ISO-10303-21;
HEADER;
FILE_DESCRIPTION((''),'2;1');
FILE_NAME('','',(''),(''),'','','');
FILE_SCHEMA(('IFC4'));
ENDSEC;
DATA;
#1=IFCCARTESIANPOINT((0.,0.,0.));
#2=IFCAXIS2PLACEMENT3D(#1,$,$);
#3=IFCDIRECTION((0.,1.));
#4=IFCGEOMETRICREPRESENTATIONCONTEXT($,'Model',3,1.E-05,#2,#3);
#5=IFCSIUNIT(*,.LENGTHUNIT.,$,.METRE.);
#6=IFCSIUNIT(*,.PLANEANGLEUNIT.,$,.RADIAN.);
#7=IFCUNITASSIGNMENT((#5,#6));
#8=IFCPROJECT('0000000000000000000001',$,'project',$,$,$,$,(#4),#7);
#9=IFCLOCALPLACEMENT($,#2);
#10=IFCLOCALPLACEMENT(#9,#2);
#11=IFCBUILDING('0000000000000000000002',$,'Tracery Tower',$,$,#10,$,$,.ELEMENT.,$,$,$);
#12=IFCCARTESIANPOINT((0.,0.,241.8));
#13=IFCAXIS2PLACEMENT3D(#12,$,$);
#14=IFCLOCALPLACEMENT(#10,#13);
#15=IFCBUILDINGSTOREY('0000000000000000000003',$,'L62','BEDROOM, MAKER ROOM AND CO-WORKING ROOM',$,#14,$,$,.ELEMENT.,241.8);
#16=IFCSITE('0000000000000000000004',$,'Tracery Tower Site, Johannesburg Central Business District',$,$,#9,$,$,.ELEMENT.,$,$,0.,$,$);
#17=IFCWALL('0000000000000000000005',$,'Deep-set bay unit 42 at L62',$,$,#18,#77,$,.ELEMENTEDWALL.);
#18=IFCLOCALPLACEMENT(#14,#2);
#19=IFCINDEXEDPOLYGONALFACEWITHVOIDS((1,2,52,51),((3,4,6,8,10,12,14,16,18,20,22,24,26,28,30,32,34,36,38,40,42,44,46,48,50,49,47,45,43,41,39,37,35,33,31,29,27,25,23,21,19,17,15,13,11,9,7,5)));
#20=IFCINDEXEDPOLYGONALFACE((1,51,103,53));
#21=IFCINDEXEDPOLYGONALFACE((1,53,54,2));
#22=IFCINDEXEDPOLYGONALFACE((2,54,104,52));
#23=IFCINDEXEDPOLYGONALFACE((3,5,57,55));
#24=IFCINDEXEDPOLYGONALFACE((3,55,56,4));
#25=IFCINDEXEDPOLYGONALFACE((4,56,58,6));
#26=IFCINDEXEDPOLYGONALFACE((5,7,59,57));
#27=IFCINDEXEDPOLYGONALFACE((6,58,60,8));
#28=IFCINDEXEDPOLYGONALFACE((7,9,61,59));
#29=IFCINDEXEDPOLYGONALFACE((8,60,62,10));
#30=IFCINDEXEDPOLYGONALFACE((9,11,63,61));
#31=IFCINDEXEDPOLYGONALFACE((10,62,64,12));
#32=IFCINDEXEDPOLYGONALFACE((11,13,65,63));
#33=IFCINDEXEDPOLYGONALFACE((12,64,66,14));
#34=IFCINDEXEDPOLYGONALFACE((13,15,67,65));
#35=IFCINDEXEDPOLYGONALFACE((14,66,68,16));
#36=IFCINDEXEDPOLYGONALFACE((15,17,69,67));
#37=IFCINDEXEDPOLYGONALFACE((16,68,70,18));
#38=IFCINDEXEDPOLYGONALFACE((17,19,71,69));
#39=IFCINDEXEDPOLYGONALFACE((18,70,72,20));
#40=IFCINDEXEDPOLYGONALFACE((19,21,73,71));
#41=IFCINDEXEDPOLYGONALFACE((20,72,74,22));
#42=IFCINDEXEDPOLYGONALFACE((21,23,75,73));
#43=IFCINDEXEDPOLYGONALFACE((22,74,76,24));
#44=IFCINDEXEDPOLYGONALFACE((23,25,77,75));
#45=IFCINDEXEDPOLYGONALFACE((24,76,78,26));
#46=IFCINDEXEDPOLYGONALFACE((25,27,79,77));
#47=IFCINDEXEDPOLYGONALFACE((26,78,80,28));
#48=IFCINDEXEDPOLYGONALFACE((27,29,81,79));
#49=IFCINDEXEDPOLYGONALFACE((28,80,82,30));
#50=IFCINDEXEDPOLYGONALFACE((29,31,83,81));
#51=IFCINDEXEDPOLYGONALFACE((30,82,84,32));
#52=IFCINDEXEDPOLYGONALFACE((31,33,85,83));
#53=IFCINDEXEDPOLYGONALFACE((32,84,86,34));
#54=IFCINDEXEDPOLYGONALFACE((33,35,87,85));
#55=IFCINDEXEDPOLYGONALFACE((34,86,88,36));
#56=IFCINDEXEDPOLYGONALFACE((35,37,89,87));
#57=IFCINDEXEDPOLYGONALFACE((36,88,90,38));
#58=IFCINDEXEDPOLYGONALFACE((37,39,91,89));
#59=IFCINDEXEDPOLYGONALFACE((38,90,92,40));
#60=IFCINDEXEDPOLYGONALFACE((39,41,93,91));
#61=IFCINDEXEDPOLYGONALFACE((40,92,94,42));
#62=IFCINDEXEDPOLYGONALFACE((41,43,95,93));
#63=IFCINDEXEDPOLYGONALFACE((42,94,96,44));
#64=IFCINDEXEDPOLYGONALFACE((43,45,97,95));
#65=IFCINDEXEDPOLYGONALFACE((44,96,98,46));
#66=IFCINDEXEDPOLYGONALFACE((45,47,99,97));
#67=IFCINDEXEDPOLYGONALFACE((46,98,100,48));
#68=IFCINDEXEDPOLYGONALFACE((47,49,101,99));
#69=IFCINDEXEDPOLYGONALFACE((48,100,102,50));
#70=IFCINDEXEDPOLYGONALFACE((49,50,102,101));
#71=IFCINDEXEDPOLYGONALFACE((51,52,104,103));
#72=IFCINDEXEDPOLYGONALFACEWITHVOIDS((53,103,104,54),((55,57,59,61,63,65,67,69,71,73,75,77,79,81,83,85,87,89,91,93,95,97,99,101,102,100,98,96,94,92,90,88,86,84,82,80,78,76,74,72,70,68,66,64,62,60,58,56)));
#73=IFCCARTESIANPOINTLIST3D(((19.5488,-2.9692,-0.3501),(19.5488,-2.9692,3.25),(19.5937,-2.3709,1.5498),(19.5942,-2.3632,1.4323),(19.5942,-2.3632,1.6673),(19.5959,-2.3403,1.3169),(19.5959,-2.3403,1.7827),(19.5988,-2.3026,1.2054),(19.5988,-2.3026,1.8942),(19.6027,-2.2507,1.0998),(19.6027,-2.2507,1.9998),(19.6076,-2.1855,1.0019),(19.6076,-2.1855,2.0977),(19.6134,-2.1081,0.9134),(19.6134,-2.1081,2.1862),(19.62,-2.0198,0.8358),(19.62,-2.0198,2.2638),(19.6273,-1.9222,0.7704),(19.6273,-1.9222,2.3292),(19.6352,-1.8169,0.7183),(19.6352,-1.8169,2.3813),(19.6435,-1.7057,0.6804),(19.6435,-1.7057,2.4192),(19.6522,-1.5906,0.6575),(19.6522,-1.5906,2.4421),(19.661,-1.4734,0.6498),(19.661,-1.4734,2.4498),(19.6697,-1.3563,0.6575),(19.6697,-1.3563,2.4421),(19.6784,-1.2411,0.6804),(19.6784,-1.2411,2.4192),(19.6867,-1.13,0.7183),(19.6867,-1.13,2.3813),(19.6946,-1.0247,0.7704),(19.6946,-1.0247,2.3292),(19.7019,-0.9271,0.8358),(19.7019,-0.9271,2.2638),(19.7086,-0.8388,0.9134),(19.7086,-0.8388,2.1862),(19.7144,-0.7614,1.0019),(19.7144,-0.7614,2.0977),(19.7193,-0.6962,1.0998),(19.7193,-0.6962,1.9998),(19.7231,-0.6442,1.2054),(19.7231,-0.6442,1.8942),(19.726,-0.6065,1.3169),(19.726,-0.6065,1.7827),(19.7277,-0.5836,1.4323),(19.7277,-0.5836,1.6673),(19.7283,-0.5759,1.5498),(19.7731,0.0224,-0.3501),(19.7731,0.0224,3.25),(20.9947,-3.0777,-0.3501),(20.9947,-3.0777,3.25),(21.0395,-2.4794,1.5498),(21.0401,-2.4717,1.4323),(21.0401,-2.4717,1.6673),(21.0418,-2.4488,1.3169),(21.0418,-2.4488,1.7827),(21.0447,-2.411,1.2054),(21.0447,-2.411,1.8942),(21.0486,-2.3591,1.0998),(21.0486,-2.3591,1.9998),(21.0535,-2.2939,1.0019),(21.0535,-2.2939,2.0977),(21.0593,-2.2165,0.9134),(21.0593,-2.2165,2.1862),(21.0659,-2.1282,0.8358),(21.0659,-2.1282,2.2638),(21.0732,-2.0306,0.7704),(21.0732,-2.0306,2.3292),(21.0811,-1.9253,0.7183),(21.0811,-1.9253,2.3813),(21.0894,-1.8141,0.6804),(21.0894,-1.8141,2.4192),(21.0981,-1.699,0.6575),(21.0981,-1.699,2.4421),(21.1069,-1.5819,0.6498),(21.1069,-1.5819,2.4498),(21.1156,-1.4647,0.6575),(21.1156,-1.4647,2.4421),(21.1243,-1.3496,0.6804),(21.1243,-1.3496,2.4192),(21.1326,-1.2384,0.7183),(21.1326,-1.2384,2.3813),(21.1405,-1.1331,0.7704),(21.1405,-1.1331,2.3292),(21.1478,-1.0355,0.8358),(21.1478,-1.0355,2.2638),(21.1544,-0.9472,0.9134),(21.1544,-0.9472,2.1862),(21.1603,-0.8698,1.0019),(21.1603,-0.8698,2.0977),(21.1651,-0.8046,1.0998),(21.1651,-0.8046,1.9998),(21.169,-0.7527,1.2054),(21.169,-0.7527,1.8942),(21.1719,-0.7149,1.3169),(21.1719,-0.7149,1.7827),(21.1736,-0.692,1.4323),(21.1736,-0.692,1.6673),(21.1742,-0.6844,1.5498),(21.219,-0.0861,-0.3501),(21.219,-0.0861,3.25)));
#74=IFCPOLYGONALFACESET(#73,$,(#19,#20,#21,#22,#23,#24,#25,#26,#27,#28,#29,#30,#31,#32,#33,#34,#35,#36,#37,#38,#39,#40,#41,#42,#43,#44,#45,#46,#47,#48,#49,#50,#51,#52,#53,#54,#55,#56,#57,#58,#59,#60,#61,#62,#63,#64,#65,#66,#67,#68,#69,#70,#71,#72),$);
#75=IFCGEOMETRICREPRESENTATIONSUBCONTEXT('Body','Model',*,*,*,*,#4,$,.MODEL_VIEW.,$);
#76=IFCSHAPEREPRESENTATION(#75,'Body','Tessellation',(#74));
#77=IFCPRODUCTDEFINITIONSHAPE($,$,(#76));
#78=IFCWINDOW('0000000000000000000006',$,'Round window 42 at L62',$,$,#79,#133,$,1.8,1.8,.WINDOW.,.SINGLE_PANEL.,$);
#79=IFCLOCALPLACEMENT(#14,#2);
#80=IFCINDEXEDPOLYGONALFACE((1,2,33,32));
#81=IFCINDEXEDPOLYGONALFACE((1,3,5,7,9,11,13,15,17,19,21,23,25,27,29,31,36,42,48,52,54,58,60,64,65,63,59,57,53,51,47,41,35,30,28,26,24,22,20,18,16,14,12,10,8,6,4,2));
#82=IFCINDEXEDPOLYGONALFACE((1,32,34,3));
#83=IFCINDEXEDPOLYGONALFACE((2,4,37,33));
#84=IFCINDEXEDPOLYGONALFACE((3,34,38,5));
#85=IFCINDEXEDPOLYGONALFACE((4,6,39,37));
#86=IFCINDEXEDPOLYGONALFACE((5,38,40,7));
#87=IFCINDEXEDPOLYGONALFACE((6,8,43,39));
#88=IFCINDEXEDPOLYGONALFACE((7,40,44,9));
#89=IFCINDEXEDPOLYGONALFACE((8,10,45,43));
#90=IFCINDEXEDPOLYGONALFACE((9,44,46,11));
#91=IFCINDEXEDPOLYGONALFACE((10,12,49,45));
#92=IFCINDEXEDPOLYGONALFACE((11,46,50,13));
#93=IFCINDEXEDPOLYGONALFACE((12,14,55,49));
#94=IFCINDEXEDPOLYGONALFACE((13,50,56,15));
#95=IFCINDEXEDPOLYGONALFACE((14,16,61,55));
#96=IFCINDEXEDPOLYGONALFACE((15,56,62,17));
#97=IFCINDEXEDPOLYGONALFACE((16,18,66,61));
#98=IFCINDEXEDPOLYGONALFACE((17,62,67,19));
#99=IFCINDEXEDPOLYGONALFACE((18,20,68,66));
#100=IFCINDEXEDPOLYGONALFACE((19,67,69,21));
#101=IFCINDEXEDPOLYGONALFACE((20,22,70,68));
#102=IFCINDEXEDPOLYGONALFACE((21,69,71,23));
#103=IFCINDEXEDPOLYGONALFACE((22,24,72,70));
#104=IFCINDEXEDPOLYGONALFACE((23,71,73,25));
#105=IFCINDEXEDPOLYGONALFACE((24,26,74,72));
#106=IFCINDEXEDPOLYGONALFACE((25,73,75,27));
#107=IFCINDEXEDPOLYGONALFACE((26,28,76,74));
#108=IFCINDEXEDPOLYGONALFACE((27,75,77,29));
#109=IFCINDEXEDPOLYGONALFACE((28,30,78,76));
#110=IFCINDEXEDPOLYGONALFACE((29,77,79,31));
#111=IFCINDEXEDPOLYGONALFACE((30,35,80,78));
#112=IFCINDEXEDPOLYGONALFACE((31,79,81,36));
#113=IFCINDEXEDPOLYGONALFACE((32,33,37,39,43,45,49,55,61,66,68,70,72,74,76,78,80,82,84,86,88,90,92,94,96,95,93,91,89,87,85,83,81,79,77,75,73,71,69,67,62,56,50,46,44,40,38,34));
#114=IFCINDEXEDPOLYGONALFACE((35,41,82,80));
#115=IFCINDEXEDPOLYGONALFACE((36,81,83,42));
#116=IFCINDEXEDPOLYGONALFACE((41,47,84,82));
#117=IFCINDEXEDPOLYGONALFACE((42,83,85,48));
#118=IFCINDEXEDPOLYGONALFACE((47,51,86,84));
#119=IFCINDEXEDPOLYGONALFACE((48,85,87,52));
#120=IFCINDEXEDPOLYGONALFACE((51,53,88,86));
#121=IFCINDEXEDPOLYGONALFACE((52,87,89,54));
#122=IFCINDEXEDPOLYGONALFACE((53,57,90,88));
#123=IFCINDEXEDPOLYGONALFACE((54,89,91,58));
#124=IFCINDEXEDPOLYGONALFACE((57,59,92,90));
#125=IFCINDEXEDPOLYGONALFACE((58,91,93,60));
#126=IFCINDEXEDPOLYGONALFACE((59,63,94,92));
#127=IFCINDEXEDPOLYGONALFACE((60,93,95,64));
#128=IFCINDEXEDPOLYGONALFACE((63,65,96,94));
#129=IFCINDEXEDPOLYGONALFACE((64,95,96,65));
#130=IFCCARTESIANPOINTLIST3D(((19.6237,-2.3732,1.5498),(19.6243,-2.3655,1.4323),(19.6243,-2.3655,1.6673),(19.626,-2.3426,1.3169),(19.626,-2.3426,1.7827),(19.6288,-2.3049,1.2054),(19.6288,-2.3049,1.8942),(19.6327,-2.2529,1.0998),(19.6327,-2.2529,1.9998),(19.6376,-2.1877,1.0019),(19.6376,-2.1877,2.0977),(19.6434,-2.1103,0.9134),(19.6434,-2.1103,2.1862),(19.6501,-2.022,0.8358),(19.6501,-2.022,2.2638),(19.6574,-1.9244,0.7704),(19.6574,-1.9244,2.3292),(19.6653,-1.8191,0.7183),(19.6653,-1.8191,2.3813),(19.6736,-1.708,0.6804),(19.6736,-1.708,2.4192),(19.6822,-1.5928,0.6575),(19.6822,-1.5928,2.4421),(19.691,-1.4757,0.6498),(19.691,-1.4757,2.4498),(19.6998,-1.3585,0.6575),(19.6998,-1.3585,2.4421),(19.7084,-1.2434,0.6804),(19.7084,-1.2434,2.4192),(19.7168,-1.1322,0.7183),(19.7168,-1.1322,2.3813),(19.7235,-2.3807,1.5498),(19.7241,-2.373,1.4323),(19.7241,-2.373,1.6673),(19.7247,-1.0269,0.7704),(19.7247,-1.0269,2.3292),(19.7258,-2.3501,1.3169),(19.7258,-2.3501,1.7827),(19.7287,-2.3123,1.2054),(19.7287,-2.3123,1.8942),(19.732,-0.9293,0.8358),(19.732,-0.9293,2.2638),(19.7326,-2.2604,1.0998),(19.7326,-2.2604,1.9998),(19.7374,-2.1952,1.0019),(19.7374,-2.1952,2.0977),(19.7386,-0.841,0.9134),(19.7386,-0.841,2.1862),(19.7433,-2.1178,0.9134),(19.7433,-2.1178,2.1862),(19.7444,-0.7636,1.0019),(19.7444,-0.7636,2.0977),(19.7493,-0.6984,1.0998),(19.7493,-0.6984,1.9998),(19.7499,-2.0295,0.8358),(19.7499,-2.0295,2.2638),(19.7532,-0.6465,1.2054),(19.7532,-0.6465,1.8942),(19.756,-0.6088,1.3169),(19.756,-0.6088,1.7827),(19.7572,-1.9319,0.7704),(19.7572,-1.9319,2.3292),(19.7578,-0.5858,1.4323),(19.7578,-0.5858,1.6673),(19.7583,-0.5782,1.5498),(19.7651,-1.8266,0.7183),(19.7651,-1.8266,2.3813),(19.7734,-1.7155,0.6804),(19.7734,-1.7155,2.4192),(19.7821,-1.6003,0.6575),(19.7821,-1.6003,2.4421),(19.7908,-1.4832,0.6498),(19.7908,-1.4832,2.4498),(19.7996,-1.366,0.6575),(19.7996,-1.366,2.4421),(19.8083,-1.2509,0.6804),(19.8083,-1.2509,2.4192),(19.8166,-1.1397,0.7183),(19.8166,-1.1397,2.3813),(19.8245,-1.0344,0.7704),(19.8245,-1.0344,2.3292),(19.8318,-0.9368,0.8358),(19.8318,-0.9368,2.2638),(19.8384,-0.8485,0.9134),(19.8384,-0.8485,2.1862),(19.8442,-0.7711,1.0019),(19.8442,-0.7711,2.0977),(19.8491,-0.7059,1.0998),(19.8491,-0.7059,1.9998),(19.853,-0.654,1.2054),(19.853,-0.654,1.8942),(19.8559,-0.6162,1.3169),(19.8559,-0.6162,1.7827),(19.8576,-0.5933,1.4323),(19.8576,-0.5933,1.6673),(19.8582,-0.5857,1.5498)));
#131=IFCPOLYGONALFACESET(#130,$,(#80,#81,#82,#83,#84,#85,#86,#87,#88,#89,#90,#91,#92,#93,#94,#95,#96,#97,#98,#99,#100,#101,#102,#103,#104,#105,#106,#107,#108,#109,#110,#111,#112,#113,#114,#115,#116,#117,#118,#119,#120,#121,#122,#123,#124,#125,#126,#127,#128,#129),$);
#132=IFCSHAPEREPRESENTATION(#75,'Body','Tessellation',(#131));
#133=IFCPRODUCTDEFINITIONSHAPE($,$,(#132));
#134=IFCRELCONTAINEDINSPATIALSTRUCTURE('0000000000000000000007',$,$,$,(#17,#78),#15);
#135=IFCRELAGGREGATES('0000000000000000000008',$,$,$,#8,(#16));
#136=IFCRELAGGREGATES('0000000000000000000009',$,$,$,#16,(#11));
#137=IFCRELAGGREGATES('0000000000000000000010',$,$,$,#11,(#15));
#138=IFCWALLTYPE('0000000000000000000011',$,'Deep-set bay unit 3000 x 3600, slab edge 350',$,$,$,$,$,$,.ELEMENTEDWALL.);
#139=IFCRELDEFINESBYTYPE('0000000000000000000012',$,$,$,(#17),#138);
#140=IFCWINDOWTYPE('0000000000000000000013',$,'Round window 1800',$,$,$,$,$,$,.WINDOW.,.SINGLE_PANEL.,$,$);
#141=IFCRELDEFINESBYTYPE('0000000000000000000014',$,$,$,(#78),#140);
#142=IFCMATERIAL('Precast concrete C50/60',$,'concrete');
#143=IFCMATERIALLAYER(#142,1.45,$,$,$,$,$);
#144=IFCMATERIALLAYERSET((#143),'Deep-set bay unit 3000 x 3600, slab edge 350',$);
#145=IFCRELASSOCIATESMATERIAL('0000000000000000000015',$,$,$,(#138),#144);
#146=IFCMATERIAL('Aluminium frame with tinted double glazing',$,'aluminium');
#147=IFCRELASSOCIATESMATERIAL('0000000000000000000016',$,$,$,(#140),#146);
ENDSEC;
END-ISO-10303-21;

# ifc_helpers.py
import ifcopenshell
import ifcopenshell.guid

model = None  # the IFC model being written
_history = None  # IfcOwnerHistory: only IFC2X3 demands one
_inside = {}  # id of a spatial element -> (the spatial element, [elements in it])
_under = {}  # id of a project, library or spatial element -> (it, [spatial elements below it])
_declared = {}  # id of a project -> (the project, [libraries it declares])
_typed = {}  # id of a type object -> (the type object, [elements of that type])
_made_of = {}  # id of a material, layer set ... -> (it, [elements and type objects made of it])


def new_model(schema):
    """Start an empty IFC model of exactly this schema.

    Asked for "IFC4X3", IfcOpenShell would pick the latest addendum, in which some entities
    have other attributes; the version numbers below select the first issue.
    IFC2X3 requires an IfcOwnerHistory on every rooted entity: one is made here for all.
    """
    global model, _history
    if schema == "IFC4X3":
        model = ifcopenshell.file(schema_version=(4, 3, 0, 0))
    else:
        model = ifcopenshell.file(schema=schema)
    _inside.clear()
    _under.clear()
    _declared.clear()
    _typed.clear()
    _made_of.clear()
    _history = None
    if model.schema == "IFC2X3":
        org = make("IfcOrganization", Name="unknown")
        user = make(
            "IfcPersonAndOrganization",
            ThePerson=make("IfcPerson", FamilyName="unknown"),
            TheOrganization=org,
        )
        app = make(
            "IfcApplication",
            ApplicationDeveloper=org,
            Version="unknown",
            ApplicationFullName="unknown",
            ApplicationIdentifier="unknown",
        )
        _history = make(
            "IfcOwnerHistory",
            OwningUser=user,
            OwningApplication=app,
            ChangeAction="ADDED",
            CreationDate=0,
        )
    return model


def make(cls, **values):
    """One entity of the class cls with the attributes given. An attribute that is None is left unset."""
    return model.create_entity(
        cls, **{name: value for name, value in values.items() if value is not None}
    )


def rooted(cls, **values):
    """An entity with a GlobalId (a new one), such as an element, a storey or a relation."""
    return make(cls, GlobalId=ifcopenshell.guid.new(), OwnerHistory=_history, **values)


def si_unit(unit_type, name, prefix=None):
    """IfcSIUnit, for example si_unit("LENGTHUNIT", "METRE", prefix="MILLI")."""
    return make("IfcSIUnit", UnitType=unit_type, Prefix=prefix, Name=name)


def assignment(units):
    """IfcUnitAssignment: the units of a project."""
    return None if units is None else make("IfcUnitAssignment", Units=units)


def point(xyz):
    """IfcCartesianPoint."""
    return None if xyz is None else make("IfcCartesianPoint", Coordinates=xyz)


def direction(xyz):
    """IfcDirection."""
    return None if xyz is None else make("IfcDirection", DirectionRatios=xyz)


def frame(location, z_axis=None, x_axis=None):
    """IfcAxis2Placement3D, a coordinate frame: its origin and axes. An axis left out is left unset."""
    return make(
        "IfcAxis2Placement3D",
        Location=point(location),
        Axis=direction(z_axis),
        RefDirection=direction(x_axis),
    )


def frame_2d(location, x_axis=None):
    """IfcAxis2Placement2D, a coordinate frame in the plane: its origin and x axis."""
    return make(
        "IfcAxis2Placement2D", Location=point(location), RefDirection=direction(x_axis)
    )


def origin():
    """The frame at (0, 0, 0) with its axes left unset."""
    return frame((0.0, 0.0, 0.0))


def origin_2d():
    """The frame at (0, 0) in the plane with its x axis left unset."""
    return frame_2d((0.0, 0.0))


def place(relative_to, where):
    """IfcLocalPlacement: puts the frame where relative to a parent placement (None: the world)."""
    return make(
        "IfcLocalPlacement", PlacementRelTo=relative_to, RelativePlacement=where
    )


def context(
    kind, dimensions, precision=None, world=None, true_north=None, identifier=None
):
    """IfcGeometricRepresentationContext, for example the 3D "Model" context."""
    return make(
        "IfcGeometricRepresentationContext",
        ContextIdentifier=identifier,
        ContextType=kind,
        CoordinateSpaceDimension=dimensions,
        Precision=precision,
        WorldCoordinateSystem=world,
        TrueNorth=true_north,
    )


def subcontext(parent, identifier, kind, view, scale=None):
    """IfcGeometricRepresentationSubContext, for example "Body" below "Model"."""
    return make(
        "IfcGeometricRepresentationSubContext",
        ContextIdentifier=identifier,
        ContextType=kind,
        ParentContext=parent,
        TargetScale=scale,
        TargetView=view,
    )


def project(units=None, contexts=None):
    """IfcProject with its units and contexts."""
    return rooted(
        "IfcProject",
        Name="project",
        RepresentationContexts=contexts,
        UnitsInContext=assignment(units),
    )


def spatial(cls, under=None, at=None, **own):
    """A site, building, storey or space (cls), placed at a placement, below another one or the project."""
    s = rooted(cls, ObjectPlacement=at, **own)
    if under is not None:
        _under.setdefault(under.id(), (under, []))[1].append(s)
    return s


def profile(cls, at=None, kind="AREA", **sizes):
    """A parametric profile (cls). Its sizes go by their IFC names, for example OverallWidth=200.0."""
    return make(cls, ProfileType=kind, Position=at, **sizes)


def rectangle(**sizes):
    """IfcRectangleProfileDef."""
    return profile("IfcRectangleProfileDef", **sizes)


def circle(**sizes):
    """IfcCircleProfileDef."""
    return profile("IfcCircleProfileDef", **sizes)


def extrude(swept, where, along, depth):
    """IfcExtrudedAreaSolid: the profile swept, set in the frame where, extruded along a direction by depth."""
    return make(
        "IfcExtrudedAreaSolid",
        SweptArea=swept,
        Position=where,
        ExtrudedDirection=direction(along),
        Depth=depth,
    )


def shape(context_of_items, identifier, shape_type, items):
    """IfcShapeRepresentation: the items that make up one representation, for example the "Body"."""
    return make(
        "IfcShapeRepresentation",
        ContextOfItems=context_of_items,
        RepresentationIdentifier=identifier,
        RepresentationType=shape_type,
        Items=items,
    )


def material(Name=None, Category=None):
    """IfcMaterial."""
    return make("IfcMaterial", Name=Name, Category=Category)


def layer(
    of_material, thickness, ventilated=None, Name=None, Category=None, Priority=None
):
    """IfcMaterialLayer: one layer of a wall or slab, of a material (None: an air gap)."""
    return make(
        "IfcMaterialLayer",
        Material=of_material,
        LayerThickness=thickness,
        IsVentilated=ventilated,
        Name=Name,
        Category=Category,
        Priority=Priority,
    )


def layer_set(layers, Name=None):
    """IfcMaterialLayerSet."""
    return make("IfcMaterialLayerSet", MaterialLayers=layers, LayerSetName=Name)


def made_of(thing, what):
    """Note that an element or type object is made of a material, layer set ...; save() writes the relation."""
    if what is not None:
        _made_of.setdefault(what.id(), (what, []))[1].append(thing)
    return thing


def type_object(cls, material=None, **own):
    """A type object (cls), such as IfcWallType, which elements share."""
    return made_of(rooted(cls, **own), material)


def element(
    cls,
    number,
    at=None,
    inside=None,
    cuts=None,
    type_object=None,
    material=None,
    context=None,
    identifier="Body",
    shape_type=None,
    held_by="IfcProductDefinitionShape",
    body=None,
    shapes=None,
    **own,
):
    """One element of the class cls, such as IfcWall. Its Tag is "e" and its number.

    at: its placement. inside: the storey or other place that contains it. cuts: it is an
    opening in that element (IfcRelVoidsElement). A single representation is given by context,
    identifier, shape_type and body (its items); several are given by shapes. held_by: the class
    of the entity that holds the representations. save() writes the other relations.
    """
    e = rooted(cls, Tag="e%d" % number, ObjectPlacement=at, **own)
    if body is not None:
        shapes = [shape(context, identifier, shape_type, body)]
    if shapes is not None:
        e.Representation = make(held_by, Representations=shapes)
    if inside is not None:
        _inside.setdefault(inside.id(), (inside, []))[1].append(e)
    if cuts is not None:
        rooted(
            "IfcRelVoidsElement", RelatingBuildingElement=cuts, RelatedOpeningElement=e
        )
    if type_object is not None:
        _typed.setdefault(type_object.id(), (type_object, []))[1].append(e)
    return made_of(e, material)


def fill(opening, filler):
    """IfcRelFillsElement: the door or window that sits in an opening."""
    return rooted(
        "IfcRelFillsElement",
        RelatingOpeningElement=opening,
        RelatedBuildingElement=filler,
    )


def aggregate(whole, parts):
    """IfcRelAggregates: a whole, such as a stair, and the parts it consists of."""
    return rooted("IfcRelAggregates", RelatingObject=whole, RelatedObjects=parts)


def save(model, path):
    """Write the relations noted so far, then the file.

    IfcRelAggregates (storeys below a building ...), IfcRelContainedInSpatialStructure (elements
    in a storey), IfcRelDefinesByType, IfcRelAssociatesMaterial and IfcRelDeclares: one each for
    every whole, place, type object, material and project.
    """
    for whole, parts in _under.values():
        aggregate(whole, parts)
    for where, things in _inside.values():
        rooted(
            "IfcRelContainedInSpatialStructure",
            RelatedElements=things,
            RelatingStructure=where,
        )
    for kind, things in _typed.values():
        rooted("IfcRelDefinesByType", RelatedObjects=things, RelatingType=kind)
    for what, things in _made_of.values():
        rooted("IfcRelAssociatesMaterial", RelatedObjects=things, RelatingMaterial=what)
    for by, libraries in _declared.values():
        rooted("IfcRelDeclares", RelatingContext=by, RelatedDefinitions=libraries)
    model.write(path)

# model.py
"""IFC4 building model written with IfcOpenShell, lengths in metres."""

from ifc_helpers import new_model, si_unit, direction, frame, frame_2d, origin, origin_2d, place, context, subcontext, project, spatial, rectangle, circle, extrude, material, layer, layer_set, type_object, element, fill, save


model = new_model("IFC4")

# Units and contexts
model_context = context("Model", 3, precision=1e-05, world=origin(), true_north=direction((0.0, 1.0)))
body_context = subcontext(model_context, "Body", "Model", "MODEL_VIEW")
ifc_project = project(units=[si_unit("LENGTHUNIT", "METRE"), si_unit("PLANEANGLEUNIT", "RADIAN")], contexts=[model_context])

# Site, building, storey
site_placement = place(None, origin())
site = spatial("IfcSite", under=ifc_project, at=site_placement, Name="Tracery Tower Site, Johannesburg Central Business District", CompositionType="ELEMENT", RefElevation=0.0)
building_placement = place(site_placement, origin())
building = spatial("IfcBuilding", under=site, at=building_placement, Name="Tracery Tower", CompositionType="ELEMENT")
storey_placement = place(building_placement, frame((0.0, 0.0, 241.8)))
storey = spatial("IfcBuildingStorey", under=building, at=storey_placement, Name="L62", Description="BEDROOM, MAKER ROOM AND CO-WORKING ROOM", CompositionType="ELEMENT", Elevation=241.8)

# Wall, opening, window
ifc_material_1 = material(Name="Precast concrete C50/60", Category="concrete")
ifc_layer_1 = layer(ifc_material_1, 1.45)
ifc_layer_set_1 = layer_set([ifc_layer_1], Name="Deep-set bay unit 3000 x 3600, slab edge 350")
wall_type_1 = type_object("IfcWallType", Name="Deep-set bay unit 3000 x 3600, slab edge 350", PredefinedType="ELEMENTEDWALL", material=ifc_layer_set_1)
wall_1_placement = place(storey_placement, frame((20.2717, -3.0234, -0.3501), z_axis=(0.0, 0.0, 1.0), x_axis=(0.074786, 0.9972, 0.0)))
wall_1 = element("IfcWall", 1, at=wall_1_placement, inside=storey, type_object=wall_type_1, Name="Deep-set bay unit 42 at L62", PredefinedType="ELEMENTEDWALL", context=body_context, shape_type="SweptSolid", body=[
    extrude(rectangle(XDim=3.0, YDim=1.45, at=frame_2d((1.5, 0.0))), origin(), (0.0, 0.0, 1.0), 3.6001),
])
opening_1_placement = place(wall_1_placement, frame((1.5, 0.0, 1.8999)))
opening_1 = element("IfcOpeningElement", 2, at=opening_1_placement, cuts=wall_1, PredefinedType="OPENING", context=body_context, shape_type="SweptSolid", body=[
    extrude(circle(Radius=0.9, at=origin_2d()), frame((0.0, 0.7349, 0.0), z_axis=(0.0, -1.0, 0.0), x_axis=(1.0, 0.0, 0.0)), (0.0, 0.0, 1.0), 1.47),
])
ifc_material_2 = material(Name="Aluminium frame with tinted double glazing", Category="aluminium")
window_type = type_object("IfcWindowType", Name="Round window 1800", PartitioningType="SINGLE_PANEL", PredefinedType="WINDOW", material=ifc_material_2)
window_1_placement = place(opening_1_placement, origin())
window_1 = element("IfcWindow", 3, at=window_1_placement, inside=storey, type_object=window_type, Name="Round window 42 at L62", OverallHeight=1.8, OverallWidth=1.8, PartitioningType="SINGLE_PANEL", PredefinedType="WINDOW", context=body_context, shape_type="SweptSolid", body=[
    extrude(circle(Radius=0.9, at=origin_2d()), frame((0.0, 0.6948, 0.0), z_axis=(0.0, -1.0, 0.0), x_axis=(1.0, 0.0, 0.0)), (0.0, 0.0, 1.0), 0.1001),
])
fill(opening_1, window_1)

save(model, "model.ifc")
